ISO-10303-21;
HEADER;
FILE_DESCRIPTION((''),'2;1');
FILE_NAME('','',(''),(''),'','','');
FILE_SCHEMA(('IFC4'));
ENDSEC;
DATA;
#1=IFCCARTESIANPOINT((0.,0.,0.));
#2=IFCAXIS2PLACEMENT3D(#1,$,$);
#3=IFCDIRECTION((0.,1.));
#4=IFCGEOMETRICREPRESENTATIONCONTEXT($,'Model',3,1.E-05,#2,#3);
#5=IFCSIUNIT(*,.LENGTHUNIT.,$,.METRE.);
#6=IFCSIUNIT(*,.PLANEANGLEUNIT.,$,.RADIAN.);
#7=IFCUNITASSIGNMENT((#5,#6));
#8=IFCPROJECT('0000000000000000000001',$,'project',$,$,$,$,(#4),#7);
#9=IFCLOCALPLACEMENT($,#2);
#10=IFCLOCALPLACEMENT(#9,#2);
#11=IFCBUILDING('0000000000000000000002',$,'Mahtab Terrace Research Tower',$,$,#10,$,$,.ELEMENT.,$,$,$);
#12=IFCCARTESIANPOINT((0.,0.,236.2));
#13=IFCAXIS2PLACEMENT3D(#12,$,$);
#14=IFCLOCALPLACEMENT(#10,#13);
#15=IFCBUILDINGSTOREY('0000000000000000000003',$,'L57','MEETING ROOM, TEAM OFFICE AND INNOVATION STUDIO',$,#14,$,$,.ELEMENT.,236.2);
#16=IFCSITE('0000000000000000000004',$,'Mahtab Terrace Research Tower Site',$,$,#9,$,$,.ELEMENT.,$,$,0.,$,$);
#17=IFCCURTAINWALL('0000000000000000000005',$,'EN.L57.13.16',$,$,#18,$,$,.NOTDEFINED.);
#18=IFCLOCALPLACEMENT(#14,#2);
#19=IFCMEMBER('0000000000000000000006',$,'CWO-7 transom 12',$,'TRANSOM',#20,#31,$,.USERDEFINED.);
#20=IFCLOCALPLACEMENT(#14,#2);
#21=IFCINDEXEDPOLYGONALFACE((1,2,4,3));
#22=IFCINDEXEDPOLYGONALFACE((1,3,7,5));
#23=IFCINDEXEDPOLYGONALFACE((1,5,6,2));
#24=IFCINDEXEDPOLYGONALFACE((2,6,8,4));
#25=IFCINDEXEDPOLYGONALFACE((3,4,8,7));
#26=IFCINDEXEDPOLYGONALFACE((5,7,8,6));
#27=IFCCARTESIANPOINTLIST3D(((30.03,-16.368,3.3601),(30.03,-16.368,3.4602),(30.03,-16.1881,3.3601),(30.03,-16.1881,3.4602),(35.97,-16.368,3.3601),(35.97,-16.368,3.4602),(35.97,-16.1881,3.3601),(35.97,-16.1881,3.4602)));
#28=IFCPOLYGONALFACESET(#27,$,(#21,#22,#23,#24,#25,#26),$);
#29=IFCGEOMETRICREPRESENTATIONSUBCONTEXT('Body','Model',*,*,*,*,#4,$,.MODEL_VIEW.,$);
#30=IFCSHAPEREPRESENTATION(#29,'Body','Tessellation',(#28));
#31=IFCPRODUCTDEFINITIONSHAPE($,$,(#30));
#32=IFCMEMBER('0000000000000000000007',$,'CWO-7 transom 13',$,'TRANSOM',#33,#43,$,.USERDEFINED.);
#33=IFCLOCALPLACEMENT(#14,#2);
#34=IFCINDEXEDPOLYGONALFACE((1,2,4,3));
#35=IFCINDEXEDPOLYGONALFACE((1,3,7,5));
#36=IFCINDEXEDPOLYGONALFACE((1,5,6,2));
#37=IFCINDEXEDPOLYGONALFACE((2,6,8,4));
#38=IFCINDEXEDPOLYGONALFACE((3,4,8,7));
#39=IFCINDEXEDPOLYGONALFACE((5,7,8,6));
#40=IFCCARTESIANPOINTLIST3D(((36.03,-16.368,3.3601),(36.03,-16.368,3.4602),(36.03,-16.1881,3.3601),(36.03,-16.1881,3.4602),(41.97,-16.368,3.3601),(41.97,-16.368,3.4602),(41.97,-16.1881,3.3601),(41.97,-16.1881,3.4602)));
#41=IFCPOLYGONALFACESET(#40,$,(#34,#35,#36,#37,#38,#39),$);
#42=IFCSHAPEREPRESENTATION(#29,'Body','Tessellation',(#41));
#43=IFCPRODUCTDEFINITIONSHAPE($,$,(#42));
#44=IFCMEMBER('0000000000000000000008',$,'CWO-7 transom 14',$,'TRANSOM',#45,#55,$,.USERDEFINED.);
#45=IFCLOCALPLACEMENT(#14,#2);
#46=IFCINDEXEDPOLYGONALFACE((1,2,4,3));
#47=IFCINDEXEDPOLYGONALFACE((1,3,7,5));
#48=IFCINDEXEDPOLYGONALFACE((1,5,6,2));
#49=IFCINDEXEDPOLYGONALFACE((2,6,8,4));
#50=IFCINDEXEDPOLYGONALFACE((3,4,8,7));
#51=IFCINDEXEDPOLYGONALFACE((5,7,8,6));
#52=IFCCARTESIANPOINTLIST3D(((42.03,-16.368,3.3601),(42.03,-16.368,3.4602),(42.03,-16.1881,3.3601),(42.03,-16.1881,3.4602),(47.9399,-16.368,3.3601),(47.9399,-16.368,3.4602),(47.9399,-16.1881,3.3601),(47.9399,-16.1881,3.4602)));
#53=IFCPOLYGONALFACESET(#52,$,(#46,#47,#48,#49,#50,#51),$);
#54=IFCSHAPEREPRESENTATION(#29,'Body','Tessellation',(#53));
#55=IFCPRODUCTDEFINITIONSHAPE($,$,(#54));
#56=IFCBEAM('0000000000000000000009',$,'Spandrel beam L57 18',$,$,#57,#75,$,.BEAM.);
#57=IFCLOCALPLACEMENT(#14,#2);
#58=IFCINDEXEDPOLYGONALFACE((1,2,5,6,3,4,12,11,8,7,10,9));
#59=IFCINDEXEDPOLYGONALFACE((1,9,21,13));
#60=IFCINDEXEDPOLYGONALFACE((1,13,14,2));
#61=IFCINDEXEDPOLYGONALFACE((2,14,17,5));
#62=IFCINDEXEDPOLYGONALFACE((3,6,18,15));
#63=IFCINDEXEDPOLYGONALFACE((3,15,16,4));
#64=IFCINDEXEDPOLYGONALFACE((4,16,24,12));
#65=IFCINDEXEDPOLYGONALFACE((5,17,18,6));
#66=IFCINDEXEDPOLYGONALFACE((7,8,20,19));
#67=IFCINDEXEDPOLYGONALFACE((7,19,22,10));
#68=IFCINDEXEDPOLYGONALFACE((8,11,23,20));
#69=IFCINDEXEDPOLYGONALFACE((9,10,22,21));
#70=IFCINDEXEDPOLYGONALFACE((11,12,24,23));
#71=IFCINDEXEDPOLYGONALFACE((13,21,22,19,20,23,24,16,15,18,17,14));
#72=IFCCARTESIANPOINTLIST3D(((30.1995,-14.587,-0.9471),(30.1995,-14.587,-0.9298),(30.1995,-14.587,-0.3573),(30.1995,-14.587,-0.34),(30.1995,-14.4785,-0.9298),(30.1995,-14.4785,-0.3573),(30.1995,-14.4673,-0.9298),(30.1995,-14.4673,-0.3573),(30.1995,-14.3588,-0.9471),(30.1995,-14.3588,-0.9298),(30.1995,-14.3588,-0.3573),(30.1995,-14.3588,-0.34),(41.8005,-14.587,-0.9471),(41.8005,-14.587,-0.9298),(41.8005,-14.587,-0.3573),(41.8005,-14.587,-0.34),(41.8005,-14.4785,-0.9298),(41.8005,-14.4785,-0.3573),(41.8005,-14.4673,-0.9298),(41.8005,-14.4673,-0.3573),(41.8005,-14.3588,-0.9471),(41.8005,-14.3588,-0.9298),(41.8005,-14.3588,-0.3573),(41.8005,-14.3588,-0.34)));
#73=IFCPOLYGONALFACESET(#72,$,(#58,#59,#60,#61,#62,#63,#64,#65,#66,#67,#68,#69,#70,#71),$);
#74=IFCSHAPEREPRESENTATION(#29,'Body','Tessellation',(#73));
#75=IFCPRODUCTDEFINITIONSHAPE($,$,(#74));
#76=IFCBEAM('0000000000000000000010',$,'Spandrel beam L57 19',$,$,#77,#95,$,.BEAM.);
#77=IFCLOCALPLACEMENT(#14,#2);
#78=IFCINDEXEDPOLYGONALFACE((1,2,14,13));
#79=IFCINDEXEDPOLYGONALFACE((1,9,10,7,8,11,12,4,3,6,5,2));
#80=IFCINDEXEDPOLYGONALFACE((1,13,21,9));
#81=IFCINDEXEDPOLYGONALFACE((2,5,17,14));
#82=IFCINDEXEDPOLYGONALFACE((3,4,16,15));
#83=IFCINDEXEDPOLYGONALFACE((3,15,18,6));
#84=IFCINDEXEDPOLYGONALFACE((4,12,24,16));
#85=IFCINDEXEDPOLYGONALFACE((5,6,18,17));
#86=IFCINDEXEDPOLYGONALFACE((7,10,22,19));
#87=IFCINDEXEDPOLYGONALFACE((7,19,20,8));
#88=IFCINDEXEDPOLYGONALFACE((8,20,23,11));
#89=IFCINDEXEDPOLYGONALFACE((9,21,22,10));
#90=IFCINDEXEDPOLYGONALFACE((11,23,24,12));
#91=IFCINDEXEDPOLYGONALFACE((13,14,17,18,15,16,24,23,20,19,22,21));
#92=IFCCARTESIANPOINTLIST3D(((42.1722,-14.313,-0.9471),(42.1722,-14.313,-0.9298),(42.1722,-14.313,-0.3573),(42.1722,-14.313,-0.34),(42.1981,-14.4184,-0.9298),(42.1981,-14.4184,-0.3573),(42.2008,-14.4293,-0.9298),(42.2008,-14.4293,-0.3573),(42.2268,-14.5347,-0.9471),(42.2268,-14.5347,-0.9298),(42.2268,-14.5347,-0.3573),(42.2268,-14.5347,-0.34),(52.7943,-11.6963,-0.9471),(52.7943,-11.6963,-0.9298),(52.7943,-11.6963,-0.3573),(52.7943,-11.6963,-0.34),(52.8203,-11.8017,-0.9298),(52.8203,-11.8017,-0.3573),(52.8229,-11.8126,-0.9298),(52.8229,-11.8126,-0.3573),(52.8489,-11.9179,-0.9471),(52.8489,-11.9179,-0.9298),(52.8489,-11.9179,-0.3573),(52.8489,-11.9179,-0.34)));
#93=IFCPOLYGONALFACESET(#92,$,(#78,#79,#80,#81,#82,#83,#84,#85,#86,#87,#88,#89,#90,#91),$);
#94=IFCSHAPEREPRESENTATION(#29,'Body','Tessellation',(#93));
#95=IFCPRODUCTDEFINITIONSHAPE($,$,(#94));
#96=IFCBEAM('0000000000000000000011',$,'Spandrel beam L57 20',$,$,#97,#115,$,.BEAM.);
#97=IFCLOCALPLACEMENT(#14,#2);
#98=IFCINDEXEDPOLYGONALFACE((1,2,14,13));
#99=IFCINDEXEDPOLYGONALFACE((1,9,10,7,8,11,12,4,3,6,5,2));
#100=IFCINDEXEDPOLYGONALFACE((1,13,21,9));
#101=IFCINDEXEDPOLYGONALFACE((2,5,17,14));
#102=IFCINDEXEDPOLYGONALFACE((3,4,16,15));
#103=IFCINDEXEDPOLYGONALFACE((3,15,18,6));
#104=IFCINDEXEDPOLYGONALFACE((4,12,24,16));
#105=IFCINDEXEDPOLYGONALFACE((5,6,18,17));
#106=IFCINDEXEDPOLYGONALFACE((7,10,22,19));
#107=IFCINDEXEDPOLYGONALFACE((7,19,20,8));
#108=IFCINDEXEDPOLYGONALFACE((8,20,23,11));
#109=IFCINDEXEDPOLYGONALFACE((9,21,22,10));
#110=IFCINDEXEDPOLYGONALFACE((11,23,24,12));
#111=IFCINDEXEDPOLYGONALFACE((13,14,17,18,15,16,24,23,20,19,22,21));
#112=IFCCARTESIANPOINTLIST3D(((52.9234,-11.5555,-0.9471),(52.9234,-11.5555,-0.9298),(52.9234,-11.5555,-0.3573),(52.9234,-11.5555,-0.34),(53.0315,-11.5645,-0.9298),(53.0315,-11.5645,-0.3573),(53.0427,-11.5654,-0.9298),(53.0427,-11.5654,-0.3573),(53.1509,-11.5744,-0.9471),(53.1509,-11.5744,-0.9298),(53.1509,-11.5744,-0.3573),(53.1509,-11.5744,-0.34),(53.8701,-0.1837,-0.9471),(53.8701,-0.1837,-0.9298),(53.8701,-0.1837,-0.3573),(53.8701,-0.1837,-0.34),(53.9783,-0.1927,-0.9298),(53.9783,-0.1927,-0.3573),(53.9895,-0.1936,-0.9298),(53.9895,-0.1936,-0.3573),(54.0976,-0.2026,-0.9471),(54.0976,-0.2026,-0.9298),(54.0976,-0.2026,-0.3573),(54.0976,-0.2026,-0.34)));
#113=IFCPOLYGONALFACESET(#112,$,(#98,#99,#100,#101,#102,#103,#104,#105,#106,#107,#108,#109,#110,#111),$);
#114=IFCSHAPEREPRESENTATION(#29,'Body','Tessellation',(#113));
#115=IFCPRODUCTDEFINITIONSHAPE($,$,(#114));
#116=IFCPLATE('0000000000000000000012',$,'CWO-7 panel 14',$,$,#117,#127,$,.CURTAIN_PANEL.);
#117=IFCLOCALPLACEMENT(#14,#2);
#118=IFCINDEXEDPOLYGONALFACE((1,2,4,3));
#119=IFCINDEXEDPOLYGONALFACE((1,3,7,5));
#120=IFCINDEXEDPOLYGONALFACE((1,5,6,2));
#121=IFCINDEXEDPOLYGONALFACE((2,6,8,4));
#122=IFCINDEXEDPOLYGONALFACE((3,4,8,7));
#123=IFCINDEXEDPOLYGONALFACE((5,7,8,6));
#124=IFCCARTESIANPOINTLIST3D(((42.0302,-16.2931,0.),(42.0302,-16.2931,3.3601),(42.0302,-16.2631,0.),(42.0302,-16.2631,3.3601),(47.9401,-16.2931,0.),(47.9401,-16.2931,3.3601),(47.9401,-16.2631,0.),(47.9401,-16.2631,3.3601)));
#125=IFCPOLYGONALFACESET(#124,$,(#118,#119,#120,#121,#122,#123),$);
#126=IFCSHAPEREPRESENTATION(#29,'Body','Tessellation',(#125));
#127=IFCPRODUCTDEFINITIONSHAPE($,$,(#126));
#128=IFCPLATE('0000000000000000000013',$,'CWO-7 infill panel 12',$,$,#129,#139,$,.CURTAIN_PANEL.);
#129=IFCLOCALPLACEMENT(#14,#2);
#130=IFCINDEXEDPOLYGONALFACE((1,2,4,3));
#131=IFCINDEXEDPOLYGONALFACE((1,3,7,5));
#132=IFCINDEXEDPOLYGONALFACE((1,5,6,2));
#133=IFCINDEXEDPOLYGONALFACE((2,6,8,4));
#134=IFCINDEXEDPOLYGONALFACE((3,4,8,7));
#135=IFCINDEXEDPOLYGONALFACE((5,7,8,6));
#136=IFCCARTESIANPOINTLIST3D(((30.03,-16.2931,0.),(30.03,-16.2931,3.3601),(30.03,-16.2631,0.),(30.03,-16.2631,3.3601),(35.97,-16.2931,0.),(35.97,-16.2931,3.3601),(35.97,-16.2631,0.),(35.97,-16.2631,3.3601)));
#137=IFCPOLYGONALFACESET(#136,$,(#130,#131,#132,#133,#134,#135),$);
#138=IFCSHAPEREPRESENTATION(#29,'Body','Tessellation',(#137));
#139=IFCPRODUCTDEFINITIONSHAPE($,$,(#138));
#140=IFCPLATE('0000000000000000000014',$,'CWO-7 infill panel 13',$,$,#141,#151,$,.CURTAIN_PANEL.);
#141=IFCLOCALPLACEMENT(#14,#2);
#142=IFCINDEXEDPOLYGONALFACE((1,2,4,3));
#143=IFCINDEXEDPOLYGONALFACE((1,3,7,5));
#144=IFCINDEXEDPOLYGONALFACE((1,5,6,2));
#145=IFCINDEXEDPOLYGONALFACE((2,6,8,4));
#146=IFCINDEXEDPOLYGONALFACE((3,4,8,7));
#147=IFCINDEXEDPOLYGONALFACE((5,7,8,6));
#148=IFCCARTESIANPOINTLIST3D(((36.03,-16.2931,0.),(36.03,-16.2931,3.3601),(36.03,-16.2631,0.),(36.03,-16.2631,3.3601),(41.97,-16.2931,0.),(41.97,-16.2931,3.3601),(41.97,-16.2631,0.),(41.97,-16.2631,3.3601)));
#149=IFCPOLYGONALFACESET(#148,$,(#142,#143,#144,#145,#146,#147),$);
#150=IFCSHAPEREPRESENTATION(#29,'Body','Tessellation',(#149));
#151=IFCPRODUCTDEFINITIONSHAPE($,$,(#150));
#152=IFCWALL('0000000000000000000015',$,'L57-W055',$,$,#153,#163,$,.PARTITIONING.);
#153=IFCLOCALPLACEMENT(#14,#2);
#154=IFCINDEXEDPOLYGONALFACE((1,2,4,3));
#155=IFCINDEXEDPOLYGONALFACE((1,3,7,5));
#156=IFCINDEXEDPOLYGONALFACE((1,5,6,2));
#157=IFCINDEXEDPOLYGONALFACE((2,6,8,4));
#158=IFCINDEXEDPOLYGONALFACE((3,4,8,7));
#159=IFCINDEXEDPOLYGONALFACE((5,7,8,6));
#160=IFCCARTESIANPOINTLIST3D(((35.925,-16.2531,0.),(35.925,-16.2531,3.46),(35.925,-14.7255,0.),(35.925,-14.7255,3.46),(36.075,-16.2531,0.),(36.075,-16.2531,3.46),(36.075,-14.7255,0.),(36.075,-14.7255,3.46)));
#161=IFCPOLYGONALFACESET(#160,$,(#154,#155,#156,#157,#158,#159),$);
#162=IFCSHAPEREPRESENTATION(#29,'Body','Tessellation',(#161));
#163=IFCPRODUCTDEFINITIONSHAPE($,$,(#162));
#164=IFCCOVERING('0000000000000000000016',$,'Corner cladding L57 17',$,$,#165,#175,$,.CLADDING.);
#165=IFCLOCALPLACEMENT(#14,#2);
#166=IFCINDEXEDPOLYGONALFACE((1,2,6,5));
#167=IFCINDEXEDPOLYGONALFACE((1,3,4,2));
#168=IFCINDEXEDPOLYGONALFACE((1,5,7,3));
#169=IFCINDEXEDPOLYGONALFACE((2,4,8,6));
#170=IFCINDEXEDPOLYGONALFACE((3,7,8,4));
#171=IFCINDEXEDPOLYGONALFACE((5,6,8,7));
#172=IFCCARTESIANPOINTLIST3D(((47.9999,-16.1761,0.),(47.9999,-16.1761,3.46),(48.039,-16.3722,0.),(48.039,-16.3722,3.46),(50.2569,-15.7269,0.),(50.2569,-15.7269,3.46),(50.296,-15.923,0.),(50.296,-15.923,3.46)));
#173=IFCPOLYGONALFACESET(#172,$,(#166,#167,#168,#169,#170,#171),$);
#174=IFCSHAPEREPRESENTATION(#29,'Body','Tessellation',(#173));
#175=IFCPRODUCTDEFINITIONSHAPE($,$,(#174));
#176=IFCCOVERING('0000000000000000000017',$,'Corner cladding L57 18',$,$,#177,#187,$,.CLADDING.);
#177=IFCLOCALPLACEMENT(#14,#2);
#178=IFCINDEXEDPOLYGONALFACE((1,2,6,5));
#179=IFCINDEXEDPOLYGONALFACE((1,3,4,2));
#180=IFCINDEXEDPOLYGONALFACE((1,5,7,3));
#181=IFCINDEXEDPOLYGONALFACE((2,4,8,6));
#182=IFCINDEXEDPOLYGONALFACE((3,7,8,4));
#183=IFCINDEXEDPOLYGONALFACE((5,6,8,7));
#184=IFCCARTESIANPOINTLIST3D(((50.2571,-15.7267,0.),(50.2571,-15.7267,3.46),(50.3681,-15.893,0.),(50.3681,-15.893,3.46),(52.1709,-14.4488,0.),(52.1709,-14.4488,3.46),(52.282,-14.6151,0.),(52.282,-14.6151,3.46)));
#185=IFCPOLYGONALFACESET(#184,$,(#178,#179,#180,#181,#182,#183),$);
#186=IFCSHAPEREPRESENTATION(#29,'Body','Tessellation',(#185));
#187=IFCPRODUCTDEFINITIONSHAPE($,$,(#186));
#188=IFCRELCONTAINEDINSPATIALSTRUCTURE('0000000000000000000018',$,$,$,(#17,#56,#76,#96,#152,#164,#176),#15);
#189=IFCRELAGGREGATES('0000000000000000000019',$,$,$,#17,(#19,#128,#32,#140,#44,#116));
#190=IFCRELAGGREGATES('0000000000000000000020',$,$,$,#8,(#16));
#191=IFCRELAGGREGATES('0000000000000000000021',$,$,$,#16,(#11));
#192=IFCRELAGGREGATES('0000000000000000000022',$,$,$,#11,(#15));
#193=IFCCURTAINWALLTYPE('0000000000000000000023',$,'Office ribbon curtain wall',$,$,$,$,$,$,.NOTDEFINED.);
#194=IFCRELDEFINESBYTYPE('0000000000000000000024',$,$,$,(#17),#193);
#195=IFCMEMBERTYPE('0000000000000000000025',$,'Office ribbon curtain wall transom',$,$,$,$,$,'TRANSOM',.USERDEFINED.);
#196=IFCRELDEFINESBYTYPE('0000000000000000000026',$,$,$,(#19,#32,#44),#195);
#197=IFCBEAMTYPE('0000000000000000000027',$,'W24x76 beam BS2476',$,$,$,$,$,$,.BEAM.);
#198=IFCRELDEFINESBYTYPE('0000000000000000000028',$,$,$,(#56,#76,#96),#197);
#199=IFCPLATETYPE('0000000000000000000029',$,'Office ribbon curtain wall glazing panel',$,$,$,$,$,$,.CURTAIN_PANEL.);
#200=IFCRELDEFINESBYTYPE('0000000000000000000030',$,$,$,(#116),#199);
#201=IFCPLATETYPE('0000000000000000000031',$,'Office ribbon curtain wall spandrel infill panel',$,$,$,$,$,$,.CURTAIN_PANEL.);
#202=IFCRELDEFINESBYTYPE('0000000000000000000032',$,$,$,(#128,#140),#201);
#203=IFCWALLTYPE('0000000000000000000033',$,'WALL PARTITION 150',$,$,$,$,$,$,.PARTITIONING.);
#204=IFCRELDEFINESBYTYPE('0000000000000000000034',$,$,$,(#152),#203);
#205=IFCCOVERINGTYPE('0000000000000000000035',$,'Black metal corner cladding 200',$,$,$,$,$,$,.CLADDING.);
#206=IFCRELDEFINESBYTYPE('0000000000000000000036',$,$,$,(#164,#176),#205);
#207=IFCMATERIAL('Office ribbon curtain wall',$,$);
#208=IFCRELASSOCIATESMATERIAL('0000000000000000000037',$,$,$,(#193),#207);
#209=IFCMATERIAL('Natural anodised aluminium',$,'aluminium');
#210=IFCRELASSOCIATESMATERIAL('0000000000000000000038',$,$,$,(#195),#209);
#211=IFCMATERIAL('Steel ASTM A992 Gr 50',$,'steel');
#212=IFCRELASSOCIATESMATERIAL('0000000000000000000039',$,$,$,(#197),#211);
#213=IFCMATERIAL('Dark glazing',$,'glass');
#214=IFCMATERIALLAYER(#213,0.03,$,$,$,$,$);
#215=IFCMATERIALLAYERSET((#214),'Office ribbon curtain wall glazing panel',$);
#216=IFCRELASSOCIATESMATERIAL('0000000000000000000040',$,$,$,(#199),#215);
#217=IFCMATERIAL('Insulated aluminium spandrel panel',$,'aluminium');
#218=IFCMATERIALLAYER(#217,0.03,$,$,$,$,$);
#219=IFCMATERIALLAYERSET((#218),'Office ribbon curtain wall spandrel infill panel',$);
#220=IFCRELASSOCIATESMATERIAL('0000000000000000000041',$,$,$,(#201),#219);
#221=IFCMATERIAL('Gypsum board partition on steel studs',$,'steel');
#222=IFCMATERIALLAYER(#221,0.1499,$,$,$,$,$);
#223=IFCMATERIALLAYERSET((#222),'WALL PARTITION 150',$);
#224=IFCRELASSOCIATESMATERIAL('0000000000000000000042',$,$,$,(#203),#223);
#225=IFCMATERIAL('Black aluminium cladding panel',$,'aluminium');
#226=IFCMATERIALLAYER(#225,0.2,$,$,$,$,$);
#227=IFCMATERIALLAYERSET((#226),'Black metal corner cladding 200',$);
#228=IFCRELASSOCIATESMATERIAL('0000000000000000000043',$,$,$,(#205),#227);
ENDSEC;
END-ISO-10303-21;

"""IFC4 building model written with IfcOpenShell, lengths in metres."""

from ifc_helpers import new_model, si_unit, direction, frame, frame_2d, origin, origin_2d, place, context, subcontext, project, spatial, rectangle, i_section, extrude, material, layer, layer_set, material_profile, profile_set, type_object, element, aggregate, save


model = new_model("IFC4")

# Units and contexts
model_context = context("Model", 3, precision=1e-05, world=origin(), true_north=direction((0.0, 1.0)))
body_context = subcontext(model_context, "Body", "Model", "MODEL_VIEW")
ifc_project = project(units=[si_unit("LENGTHUNIT", "METRE"), si_unit("PLANEANGLEUNIT", "RADIAN")], contexts=[model_context])

# Site, building, storey
site_placement = place(None, origin())
site = spatial("IfcSite", under=ifc_project, at=site_placement, Name="Mahtab Terrace Research Tower Site", CompositionType="ELEMENT", RefElevation=0.0)
building_placement = place(site_placement, origin())
building = spatial("IfcBuilding", under=site, at=building_placement, Name="Mahtab Terrace Research Tower", CompositionType="ELEMENT")
storey_placement = place(building_placement, frame((0.0, 0.0, 236.2)))
storey = spatial("IfcBuildingStorey", under=building, at=storey_placement, Name="L57", Description="MEETING ROOM, TEAM OFFICE AND INNOVATION STUDIO", CompositionType="ELEMENT", Elevation=236.2)

# Shared definitions
ifc_material_1 = material(Name="Steel ASTM A992 Gr 50", Category="steel")

# Curtain wall, members
ifc_material_2 = material(Name="Office ribbon curtain wall")
curtain_wall_type = type_object("IfcCurtainWallType", Name="Office ribbon curtain wall", PredefinedType="NOTDEFINED", material=ifc_material_2)
curtain_wall_placement = place(storey_placement, origin())
curtain_wall = element("IfcCurtainWall", 1, at=curtain_wall_placement, inside=storey, type_object=curtain_wall_type, Name="EN.L57.13.16", PredefinedType="NOTDEFINED")
ifc_material_3 = material(Name="Natural anodised aluminium", Category="aluminium")
ifc_material_profile_1 = material_profile(ifc_material_3, rectangle(XDim=0.1799, YDim=0.1001, at=origin_2d()), Name="TRANSOM 100x180")
ifc_profile_set_1 = profile_set([ifc_material_profile_1], Name="Natural anodised aluminium")
member_type_1 = type_object("IfcMemberType", Name="Office ribbon curtain wall transom", ElementType="TRANSOM", PredefinedType="USERDEFINED", material=ifc_profile_set_1)
member_1_placement = place(storey_placement, frame((30.03, -16.2781, 3.4102), z_axis=(1.0, 0.0, 0.0), x_axis=(0.0, 1.0, 0.0)))
member_1 = element("IfcMember", 2, at=member_1_placement, type_object=member_type_1, Name="CWO-7 transom 12", ObjectType="TRANSOM", PredefinedType="USERDEFINED", context=body_context, shape_type="SweptSolid", body=[
    extrude(rectangle(XDim=0.1799, YDim=0.1001, at=origin_2d()), origin(), (0.0, 0.0, 1.0), 5.9399),
])
member_2_placement = place(storey_placement, frame((36.03, -16.2781, 3.4102), z_axis=(1.0, 0.0, 0.0), x_axis=(0.0, 1.0, 0.0)))
member_2 = element("IfcMember", 3, at=member_2_placement, type_object=member_type_1, Name="CWO-7 transom 13", ObjectType="TRANSOM", PredefinedType="USERDEFINED", context=body_context, shape_type="SweptSolid", body=[
    extrude(rectangle(XDim=0.1799, YDim=0.1001, at=origin_2d()), origin(), (0.0, 0.0, 1.0), 5.9399),
])
member_3_placement = place(storey_placement, frame((42.03, -16.2781, 3.4102), z_axis=(1.0, 0.0, 0.0), x_axis=(0.0, 1.0, 0.0)))
member_3 = element("IfcMember", 4, at=member_3_placement, type_object=member_type_1, Name="CWO-7 transom 14", ObjectType="TRANSOM", PredefinedType="USERDEFINED", context=body_context, shape_type="SweptSolid", body=[
    extrude(rectangle(XDim=0.1799, YDim=0.1001, at=origin_2d()), origin(), (0.0, 0.0, 1.0), 5.9099),
])

# Beams
ifc_material_profile_2 = material_profile(ifc_material_1, i_section(OverallWidth=0.2283, OverallDepth=0.6072, WebThickness=0.0112, FlangeThickness=0.0173, at=origin_2d()), Name="W24X76")
ifc_profile_set_2 = profile_set([ifc_material_profile_2], Name="Steel ASTM A992 Gr 50")
beam_type = type_object("IfcBeamType", Name="W24x76 beam BS2476", PredefinedType="BEAM", material=ifc_profile_set_2)
beam_1_placement = place(storey_placement, frame((30.1995, -14.4729, -0.6436), z_axis=(1.0, 0.0, 0.0), x_axis=(0.0, 1.0, 0.0)))
element("IfcBeam", 5, at=beam_1_placement, inside=storey, type_object=beam_type, Name="Spandrel beam L57 18", PredefinedType="BEAM", context=body_context, shape_type="SweptSolid", body=[
    extrude(i_section(OverallWidth=0.2283, OverallDepth=0.6072, WebThickness=0.0112, FlangeThickness=0.0173, at=origin_2d()), origin(), (0.0, 0.0, 1.0), 11.6011),
])
beam_2_placement = place(storey_placement, frame((42.1995, -14.4238, -0.6436), z_axis=(0.970972, 0.239195, 0.0), x_axis=(-0.239195, 0.970972, 0.0)))
element("IfcBeam", 6, at=beam_2_placement, inside=storey, type_object=beam_type, Name="Spandrel beam L57 19", PredefinedType="BEAM", context=body_context, shape_type="SweptSolid", body=[
    extrude(i_section(OverallWidth=0.2283, OverallDepth=0.6072, WebThickness=0.0112, FlangeThickness=0.0173, at=origin_2d()), origin(), (0.0, 0.0, 1.0), 10.9397),
])
beam_3_placement = place(storey_placement, frame((53.0371, -11.5649, -0.6436), z_axis=(0.082969, 0.996552, 0.0), x_axis=(-0.996552, 0.082969, 0.0)))
element("IfcBeam", 7, at=beam_3_placement, inside=storey, type_object=beam_type, Name="Spandrel beam L57 20", PredefinedType="BEAM", context=body_context, shape_type="SweptSolid", body=[
    extrude(i_section(OverallWidth=0.2283, OverallDepth=0.6072, WebThickness=0.0112, FlangeThickness=0.0173, at=origin_2d()), origin(), (0.0, 0.0, 1.0), 11.4111),
])

# Plates
ifc_material_4 = material(Name="Dark glazing", Category="glass")
ifc_layer_1 = layer(ifc_material_4, 0.03)
ifc_layer_set_1 = layer_set([ifc_layer_1], Name="Office ribbon curtain wall glazing panel")
plate_type_1 = type_object("IfcPlateType", Name="Office ribbon curtain wall glazing panel", PredefinedType="CURTAIN_PANEL", material=ifc_layer_set_1)
plate_1_placement = place(storey_placement, frame((44.9851, -16.2781, 0.0), z_axis=(0.0, 0.0, 1.0), x_axis=(1.0, 0.0, 0.0)))
plate_1 = element("IfcPlate", 8, at=plate_1_placement, type_object=plate_type_1, Name="CWO-7 panel 14", PredefinedType="CURTAIN_PANEL", context=body_context, shape_type="SweptSolid", body=[
    extrude(rectangle(XDim=5.9099, YDim=0.03, at=origin_2d()), origin(), (0.0, 0.0, 1.0), 3.3601),
])
ifc_material_5 = material(Name="Insulated aluminium spandrel panel", Category="aluminium")
ifc_layer_2 = layer(ifc_material_5, 0.03)
ifc_layer_set_2 = layer_set([ifc_layer_2], Name="Office ribbon curtain wall spandrel infill panel")
plate_type_2 = type_object("IfcPlateType", Name="Office ribbon curtain wall spandrel infill panel", PredefinedType="CURTAIN_PANEL", material=ifc_layer_set_2)
plate_2_placement = place(storey_placement, frame((33.0, -16.2781, 0.0), z_axis=(0.0, 0.0, 1.0), x_axis=(1.0, 0.0, 0.0)))
plate_2 = element("IfcPlate", 9, at=plate_2_placement, type_object=plate_type_2, Name="CWO-7 infill panel 12", PredefinedType="CURTAIN_PANEL", context=body_context, shape_type="SweptSolid", body=[
    extrude(rectangle(XDim=5.9399, YDim=0.03, at=origin_2d()), origin(), (0.0, 0.0, 1.0), 3.3601),
])
plate_3_placement = place(storey_placement, frame((39.0, -16.2781, 0.0), z_axis=(0.0, 0.0, 1.0), x_axis=(1.0, 0.0, 0.0)))
plate_3 = element("IfcPlate", 10, at=plate_3_placement, type_object=plate_type_2, Name="CWO-7 infill panel 13", PredefinedType="CURTAIN_PANEL", context=body_context, shape_type="SweptSolid", body=[
    extrude(rectangle(XDim=5.9399, YDim=0.03, at=origin_2d()), origin(), (0.0, 0.0, 1.0), 3.3601),
])
aggregate(curtain_wall, [member_1, plate_2, member_2, plate_3, member_3, plate_1])

# Wall
ifc_material_6 = material(Name="Gypsum board partition on steel studs", Category="steel")
ifc_layer_3 = layer(ifc_material_6, 0.1499)
ifc_layer_set_3 = layer_set([ifc_layer_3], Name="WALL PARTITION 150")
wall_type = type_object("IfcWallType", Name="WALL PARTITION 150", PredefinedType="PARTITIONING", material=ifc_layer_set_3)
wall_placement = place(storey_placement, frame((36.0, -16.2529, 0.0), z_axis=(0.0, 0.0, 1.0), x_axis=(0.0, 1.0, 0.0)))
element("IfcWall", 11, at=wall_placement, inside=storey, type_object=wall_type, Name="L57-W055", PredefinedType="PARTITIONING", context=body_context, shape_type="SweptSolid", body=[
    extrude(rectangle(XDim=1.5276, YDim=0.1499, at=frame_2d((0.7637, 0.0))), origin(), (0.0, 0.0, 1.0), 3.46),
])

# Coverings
ifc_material_7 = material(Name="Black aluminium cladding panel", Category="aluminium")
ifc_layer_4 = layer(ifc_material_7, 0.2)
ifc_layer_set_4 = layer_set([ifc_layer_4], Name="Black metal corner cladding 200")
covering_type = type_object("IfcCoveringType", Name="Black metal corner cladding 200", PredefinedType="CLADDING", material=ifc_layer_set_4)
for number, where, z_axis, x_axis, name in (
    (12, (49.1479, -16.0496, 0.0), (0.0, 0.0, 1.0), (0.980761, 0.195212, 0.0), "Corner cladding L57 17"),
    (13, (51.2695, -15.1709, 0.0), (0.0, 0.0, 1.0), (0.831656, 0.555291, 0.0), "Corner cladding L57 18"),
):
    element("IfcCovering", number, at=place(storey_placement, frame(where, z_axis=z_axis, x_axis=x_axis)), inside=storey, type_object=covering_type, Name=name, PredefinedType="CLADDING", context=body_context, shape_type="SweptSolid", body=[
        extrude(rectangle(XDim=2.3013, YDim=0.2, at=origin_2d()), origin(), (0.0, 0.0, 1.0), 3.46),
    ])

save(model, "model.ifc")
